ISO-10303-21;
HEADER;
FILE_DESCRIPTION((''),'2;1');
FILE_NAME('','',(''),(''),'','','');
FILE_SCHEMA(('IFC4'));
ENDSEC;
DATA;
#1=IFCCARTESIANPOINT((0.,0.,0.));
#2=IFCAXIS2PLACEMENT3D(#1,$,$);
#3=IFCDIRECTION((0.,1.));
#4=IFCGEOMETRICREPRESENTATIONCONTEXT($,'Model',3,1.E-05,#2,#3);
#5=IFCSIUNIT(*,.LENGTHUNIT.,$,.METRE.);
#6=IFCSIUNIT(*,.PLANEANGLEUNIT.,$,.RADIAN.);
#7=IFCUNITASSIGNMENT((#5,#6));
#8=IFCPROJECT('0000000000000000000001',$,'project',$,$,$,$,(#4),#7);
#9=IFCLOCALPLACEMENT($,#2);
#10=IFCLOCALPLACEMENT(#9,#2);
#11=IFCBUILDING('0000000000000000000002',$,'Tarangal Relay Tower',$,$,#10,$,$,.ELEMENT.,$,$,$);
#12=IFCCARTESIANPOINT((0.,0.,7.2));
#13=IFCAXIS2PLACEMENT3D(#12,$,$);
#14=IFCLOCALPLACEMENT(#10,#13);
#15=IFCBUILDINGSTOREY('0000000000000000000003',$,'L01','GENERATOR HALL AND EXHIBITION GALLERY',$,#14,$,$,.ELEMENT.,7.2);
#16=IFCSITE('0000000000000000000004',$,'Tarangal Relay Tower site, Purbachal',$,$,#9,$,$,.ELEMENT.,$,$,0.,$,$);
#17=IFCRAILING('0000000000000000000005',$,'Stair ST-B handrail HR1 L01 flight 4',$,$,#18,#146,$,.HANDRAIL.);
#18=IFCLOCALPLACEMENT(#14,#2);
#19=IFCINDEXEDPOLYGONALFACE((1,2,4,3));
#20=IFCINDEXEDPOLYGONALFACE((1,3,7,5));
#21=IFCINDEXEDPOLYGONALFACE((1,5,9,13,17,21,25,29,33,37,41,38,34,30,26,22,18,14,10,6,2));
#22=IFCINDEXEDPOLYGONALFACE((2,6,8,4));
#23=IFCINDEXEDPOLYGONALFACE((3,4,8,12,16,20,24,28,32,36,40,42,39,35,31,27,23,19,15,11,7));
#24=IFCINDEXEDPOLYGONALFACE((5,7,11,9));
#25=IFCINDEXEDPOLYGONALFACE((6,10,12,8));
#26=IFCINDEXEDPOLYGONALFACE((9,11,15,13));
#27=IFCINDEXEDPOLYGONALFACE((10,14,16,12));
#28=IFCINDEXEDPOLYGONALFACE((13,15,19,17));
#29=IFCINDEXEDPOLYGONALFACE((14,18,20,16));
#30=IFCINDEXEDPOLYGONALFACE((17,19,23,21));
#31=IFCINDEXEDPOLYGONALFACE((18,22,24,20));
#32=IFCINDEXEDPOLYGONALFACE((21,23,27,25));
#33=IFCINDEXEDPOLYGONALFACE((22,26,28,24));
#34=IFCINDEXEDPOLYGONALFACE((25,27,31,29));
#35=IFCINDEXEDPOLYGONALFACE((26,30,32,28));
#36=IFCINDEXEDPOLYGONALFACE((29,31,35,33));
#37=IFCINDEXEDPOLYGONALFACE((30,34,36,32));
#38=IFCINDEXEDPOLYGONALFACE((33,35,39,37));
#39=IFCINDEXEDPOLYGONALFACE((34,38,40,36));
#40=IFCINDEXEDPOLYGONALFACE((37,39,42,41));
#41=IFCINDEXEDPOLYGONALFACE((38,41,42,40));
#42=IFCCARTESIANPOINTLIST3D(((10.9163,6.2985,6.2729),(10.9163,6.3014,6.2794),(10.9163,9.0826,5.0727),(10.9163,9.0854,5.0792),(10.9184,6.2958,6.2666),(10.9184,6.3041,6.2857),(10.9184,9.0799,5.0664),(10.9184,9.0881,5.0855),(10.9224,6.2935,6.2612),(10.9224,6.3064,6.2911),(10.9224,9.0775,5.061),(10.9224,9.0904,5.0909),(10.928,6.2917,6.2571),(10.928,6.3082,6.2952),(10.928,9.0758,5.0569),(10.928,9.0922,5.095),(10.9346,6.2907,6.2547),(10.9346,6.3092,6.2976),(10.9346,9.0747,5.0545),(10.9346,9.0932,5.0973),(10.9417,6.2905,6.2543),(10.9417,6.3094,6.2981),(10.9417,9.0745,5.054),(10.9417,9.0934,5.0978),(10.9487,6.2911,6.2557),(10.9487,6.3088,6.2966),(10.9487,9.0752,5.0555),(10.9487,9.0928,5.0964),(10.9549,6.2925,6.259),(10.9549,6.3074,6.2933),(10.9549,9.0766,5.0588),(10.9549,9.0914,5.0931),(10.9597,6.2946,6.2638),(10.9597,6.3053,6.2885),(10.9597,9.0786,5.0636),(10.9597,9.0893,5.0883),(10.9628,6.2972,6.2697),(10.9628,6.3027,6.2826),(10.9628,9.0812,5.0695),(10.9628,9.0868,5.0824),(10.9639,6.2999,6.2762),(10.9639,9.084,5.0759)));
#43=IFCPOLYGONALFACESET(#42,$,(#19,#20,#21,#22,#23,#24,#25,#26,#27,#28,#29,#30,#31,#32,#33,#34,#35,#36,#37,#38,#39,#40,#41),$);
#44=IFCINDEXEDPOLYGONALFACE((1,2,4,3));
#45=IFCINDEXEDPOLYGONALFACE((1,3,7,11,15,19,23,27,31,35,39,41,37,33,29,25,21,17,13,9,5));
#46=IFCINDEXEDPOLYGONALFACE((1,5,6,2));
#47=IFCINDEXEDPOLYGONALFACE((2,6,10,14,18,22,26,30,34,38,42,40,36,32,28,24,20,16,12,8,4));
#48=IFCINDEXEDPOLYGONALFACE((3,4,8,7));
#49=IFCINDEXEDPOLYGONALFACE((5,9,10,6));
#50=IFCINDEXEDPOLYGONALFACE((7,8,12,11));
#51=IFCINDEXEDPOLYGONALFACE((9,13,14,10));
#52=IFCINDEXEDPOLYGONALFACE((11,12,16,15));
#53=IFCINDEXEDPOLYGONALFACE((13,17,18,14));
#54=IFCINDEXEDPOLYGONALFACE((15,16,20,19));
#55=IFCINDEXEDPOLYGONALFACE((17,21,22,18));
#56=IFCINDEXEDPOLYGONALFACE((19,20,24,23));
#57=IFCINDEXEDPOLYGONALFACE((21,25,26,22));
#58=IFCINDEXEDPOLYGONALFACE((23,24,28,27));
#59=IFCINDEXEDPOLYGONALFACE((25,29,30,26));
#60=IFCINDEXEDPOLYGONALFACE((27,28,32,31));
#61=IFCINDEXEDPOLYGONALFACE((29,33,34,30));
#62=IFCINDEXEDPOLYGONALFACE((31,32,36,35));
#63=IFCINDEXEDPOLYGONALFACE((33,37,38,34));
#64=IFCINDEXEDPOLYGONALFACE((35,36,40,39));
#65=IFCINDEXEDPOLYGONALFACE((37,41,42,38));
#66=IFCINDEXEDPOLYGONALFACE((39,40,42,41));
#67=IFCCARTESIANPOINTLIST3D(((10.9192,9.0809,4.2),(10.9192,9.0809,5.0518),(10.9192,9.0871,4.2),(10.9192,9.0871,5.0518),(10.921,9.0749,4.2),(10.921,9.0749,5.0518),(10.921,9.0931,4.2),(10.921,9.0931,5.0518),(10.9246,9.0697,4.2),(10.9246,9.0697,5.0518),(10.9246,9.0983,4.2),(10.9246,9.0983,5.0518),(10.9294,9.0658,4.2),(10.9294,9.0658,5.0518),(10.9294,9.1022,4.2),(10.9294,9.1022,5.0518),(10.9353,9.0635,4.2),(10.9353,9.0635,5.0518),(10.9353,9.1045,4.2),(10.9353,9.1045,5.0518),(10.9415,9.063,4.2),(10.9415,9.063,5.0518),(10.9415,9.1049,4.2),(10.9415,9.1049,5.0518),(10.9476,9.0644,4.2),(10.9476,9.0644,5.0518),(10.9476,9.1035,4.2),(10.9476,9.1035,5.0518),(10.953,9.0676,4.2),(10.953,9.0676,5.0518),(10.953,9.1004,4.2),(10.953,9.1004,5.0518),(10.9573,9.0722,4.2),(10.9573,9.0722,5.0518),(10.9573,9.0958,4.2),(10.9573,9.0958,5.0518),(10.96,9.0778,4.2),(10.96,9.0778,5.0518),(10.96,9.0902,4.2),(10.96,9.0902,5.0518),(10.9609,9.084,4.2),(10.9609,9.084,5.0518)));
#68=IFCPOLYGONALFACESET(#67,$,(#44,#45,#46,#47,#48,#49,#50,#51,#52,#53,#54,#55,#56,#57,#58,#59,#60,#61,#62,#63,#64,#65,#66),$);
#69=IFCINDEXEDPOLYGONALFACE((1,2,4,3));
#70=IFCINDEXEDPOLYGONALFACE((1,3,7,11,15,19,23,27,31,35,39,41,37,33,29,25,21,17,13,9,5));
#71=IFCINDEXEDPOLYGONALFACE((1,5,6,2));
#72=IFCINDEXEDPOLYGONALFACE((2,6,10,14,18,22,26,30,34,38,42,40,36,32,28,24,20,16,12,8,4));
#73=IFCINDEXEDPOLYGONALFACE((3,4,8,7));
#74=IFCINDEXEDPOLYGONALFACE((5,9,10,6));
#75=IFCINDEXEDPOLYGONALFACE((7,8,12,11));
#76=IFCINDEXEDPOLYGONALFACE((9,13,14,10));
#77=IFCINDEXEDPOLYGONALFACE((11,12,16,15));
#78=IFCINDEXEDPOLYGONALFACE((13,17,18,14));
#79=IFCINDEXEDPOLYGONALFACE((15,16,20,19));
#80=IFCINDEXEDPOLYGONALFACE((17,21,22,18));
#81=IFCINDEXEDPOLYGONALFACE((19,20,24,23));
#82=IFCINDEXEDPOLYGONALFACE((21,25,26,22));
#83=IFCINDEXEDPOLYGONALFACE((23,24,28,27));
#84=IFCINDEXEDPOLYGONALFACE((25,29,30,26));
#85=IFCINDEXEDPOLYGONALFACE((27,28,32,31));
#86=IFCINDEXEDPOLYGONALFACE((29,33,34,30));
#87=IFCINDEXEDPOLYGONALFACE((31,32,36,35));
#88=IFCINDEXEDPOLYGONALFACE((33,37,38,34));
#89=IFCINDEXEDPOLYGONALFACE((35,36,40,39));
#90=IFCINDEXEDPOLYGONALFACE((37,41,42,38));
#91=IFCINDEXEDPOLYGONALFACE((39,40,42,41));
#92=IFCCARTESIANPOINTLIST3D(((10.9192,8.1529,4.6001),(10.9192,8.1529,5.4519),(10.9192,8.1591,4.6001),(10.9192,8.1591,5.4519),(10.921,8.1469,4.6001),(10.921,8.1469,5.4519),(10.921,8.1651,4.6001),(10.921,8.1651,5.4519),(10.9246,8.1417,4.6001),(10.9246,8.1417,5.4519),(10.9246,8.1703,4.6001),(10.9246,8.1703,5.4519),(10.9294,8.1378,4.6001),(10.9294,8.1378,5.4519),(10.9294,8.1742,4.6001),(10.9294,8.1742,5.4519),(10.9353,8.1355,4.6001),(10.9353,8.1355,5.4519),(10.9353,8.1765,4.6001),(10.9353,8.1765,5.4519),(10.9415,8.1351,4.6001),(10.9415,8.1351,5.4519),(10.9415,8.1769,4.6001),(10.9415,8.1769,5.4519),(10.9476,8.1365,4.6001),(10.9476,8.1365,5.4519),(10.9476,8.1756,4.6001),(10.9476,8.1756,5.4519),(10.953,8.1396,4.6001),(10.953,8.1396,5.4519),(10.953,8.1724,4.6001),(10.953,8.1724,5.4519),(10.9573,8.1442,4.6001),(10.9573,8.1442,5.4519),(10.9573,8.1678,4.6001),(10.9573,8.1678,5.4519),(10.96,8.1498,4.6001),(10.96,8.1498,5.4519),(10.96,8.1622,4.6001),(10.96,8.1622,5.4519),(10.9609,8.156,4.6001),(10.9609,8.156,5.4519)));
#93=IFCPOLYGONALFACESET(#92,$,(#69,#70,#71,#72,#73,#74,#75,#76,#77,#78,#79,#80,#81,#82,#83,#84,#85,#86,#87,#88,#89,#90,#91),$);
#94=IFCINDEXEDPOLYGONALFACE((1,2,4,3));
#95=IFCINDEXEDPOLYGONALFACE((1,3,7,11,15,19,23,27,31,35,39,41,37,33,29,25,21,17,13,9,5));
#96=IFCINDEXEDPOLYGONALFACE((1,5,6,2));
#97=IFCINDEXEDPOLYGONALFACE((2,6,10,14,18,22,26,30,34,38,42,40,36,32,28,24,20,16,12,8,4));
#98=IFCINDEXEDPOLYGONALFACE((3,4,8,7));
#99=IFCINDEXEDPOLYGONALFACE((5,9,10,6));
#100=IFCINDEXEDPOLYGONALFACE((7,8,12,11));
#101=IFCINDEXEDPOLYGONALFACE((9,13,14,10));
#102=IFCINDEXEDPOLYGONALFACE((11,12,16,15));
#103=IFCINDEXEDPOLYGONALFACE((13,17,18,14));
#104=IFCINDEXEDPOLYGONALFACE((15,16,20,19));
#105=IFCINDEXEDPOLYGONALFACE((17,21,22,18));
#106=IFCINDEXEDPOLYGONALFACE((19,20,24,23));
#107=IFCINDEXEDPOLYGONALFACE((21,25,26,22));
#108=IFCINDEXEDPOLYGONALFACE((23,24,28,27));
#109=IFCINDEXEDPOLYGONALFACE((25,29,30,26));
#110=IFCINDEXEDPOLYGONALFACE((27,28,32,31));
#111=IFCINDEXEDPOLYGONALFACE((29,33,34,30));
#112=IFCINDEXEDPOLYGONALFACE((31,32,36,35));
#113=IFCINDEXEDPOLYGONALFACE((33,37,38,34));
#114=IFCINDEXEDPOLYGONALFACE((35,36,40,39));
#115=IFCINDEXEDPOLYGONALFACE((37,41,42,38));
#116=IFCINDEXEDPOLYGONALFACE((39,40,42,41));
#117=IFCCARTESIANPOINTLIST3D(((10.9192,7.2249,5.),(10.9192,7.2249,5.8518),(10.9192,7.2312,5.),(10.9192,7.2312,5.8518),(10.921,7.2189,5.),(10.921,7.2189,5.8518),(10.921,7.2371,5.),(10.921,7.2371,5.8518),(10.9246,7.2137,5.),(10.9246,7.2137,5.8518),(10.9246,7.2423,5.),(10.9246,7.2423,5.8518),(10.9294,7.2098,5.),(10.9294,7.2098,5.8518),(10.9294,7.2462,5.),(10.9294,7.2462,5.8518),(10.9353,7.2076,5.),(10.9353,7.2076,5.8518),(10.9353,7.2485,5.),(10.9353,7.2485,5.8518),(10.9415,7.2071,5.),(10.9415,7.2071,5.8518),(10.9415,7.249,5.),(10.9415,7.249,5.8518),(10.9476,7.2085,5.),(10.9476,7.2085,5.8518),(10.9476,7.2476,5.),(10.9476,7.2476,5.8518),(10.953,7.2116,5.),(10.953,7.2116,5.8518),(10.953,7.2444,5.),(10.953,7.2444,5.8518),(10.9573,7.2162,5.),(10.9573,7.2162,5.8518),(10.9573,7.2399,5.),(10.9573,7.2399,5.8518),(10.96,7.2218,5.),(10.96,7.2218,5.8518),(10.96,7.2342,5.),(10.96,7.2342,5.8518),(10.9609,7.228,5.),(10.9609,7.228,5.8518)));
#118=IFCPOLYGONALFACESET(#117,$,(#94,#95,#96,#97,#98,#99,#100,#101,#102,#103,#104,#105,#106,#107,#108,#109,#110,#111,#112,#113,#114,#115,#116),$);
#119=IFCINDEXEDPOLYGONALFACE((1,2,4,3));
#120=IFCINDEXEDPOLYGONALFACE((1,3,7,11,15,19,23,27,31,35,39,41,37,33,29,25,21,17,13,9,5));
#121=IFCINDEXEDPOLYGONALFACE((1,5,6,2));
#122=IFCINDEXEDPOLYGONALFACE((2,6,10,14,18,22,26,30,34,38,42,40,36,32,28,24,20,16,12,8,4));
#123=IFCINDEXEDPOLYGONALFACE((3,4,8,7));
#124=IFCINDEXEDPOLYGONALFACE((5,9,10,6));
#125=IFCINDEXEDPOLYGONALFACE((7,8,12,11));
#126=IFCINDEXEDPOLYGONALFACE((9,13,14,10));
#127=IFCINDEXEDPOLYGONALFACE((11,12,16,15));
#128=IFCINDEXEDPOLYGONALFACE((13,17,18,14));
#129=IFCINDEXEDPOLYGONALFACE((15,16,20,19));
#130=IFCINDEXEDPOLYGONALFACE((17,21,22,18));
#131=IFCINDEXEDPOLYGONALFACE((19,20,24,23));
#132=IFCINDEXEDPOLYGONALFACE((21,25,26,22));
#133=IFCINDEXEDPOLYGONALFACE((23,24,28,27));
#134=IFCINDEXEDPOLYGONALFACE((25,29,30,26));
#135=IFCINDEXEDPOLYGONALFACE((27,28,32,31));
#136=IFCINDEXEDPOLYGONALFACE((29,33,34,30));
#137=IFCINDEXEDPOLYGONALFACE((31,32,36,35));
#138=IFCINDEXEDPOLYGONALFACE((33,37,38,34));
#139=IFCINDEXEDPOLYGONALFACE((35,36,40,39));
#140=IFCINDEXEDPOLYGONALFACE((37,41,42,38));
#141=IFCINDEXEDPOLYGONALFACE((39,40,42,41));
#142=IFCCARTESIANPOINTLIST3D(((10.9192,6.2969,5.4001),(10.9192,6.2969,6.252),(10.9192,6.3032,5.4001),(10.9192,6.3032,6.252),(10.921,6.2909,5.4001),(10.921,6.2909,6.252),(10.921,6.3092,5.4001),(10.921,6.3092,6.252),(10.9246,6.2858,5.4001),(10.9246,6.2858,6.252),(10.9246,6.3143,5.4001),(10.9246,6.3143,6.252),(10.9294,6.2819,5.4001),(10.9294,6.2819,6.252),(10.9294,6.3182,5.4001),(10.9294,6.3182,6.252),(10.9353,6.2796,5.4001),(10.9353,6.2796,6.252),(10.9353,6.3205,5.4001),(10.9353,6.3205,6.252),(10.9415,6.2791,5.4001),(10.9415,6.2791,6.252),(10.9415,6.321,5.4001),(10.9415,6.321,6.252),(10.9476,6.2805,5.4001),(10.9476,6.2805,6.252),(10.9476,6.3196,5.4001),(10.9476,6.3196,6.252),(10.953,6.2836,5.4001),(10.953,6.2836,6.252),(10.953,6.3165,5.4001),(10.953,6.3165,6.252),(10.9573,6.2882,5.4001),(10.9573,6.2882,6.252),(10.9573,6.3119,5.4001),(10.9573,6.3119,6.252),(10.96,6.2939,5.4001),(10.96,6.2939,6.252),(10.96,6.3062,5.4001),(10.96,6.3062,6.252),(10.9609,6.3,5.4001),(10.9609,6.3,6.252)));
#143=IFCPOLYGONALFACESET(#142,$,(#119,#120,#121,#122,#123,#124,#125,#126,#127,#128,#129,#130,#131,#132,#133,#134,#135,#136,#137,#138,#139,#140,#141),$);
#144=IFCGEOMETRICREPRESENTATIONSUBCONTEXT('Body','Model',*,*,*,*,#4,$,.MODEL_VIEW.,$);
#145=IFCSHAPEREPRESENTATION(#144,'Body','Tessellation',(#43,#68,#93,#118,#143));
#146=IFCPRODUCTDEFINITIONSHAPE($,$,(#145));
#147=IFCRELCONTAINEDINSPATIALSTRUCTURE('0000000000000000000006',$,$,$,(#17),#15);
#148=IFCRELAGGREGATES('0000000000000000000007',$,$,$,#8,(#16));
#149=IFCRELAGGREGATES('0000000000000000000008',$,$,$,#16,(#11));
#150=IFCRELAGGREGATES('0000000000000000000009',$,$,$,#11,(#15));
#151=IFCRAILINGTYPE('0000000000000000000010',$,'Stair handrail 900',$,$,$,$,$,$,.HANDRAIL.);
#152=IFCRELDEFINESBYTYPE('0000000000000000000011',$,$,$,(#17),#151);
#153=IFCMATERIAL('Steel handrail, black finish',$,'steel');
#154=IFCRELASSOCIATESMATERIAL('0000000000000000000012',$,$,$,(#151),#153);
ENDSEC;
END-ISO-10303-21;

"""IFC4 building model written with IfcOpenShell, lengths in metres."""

from ifc_helpers import new_model, si_unit, direction, frame, origin, origin_2d, place, context, subcontext, project, spatial, circle, extrude, material, type_object, element, save


model = new_model("IFC4")

# Units and contexts
model_context = context("Model", 3, precision=1e-05, world=origin(), true_north=direction((0.0, 1.0)))
body_context = subcontext(model_context, "Body", "Model", "MODEL_VIEW")
ifc_project = project(units=[si_unit("LENGTHUNIT", "METRE"), si_unit("PLANEANGLEUNIT", "RADIAN")], contexts=[model_context])

# Site, building, storey
site_placement = place(None, origin())
site = spatial("IfcSite", under=ifc_project, at=site_placement, Name="Tarangal Relay Tower site, Purbachal", CompositionType="ELEMENT", RefElevation=0.0)
building_placement = place(site_placement, origin())
building = spatial("IfcBuilding", under=site, at=building_placement, Name="Tarangal Relay Tower", CompositionType="ELEMENT")
storey_placement = place(building_placement, frame((0.0, 0.0, 7.2)))
storey = spatial("IfcBuildingStorey", under=building, at=storey_placement, Name="L01", Description="GENERATOR HALL AND EXHIBITION GALLERY", CompositionType="ELEMENT", Elevation=7.2)

# Railing
ifc_material_1 = material(Name="Steel handrail, black finish", Category="steel")
railing_type_1 = type_object("IfcRailingType", Name="Stair handrail 900", PredefinedType="HANDRAIL", material=ifc_material_1)
railing_1_placement = place(storey_placement, frame((10.9399, 9.084, 4.2)))
element("IfcRailing", 1, at=railing_1_placement, inside=storey, type_object=railing_type_1, Name="Stair ST-B handrail HR1 L01 flight 4", PredefinedType="HANDRAIL", context=body_context, shape_type="SweptSolid", body=[
    extrude(circle(Radius=0.0239, at=origin_2d()), frame((0.0, 0.0, 0.876), z_axis=(0.0, -0.918297, 0.395891), x_axis=(1.0, 0.0, 0.0)), (0.0, 0.0, 1.0), 3.0317),
    extrude(circle(Radius=0.021, at=origin_2d()), origin(), (0.0, 0.0, 1.0), 0.8518),
    extrude(circle(Radius=0.021, at=origin_2d()), frame((0.0, -0.928, 0.4001)), (0.0, 0.0, 1.0), 0.8518),
    extrude(circle(Radius=0.021, at=origin_2d()), frame((0.0, -1.856, 0.8)), (0.0, 0.0, 1.0), 0.8518),
    extrude(circle(Radius=0.021, at=origin_2d()), frame((0.0, -2.7839, 1.2002)), (0.0, 0.0, 1.0), 0.8518),
])

save(model, "model.ifc")
